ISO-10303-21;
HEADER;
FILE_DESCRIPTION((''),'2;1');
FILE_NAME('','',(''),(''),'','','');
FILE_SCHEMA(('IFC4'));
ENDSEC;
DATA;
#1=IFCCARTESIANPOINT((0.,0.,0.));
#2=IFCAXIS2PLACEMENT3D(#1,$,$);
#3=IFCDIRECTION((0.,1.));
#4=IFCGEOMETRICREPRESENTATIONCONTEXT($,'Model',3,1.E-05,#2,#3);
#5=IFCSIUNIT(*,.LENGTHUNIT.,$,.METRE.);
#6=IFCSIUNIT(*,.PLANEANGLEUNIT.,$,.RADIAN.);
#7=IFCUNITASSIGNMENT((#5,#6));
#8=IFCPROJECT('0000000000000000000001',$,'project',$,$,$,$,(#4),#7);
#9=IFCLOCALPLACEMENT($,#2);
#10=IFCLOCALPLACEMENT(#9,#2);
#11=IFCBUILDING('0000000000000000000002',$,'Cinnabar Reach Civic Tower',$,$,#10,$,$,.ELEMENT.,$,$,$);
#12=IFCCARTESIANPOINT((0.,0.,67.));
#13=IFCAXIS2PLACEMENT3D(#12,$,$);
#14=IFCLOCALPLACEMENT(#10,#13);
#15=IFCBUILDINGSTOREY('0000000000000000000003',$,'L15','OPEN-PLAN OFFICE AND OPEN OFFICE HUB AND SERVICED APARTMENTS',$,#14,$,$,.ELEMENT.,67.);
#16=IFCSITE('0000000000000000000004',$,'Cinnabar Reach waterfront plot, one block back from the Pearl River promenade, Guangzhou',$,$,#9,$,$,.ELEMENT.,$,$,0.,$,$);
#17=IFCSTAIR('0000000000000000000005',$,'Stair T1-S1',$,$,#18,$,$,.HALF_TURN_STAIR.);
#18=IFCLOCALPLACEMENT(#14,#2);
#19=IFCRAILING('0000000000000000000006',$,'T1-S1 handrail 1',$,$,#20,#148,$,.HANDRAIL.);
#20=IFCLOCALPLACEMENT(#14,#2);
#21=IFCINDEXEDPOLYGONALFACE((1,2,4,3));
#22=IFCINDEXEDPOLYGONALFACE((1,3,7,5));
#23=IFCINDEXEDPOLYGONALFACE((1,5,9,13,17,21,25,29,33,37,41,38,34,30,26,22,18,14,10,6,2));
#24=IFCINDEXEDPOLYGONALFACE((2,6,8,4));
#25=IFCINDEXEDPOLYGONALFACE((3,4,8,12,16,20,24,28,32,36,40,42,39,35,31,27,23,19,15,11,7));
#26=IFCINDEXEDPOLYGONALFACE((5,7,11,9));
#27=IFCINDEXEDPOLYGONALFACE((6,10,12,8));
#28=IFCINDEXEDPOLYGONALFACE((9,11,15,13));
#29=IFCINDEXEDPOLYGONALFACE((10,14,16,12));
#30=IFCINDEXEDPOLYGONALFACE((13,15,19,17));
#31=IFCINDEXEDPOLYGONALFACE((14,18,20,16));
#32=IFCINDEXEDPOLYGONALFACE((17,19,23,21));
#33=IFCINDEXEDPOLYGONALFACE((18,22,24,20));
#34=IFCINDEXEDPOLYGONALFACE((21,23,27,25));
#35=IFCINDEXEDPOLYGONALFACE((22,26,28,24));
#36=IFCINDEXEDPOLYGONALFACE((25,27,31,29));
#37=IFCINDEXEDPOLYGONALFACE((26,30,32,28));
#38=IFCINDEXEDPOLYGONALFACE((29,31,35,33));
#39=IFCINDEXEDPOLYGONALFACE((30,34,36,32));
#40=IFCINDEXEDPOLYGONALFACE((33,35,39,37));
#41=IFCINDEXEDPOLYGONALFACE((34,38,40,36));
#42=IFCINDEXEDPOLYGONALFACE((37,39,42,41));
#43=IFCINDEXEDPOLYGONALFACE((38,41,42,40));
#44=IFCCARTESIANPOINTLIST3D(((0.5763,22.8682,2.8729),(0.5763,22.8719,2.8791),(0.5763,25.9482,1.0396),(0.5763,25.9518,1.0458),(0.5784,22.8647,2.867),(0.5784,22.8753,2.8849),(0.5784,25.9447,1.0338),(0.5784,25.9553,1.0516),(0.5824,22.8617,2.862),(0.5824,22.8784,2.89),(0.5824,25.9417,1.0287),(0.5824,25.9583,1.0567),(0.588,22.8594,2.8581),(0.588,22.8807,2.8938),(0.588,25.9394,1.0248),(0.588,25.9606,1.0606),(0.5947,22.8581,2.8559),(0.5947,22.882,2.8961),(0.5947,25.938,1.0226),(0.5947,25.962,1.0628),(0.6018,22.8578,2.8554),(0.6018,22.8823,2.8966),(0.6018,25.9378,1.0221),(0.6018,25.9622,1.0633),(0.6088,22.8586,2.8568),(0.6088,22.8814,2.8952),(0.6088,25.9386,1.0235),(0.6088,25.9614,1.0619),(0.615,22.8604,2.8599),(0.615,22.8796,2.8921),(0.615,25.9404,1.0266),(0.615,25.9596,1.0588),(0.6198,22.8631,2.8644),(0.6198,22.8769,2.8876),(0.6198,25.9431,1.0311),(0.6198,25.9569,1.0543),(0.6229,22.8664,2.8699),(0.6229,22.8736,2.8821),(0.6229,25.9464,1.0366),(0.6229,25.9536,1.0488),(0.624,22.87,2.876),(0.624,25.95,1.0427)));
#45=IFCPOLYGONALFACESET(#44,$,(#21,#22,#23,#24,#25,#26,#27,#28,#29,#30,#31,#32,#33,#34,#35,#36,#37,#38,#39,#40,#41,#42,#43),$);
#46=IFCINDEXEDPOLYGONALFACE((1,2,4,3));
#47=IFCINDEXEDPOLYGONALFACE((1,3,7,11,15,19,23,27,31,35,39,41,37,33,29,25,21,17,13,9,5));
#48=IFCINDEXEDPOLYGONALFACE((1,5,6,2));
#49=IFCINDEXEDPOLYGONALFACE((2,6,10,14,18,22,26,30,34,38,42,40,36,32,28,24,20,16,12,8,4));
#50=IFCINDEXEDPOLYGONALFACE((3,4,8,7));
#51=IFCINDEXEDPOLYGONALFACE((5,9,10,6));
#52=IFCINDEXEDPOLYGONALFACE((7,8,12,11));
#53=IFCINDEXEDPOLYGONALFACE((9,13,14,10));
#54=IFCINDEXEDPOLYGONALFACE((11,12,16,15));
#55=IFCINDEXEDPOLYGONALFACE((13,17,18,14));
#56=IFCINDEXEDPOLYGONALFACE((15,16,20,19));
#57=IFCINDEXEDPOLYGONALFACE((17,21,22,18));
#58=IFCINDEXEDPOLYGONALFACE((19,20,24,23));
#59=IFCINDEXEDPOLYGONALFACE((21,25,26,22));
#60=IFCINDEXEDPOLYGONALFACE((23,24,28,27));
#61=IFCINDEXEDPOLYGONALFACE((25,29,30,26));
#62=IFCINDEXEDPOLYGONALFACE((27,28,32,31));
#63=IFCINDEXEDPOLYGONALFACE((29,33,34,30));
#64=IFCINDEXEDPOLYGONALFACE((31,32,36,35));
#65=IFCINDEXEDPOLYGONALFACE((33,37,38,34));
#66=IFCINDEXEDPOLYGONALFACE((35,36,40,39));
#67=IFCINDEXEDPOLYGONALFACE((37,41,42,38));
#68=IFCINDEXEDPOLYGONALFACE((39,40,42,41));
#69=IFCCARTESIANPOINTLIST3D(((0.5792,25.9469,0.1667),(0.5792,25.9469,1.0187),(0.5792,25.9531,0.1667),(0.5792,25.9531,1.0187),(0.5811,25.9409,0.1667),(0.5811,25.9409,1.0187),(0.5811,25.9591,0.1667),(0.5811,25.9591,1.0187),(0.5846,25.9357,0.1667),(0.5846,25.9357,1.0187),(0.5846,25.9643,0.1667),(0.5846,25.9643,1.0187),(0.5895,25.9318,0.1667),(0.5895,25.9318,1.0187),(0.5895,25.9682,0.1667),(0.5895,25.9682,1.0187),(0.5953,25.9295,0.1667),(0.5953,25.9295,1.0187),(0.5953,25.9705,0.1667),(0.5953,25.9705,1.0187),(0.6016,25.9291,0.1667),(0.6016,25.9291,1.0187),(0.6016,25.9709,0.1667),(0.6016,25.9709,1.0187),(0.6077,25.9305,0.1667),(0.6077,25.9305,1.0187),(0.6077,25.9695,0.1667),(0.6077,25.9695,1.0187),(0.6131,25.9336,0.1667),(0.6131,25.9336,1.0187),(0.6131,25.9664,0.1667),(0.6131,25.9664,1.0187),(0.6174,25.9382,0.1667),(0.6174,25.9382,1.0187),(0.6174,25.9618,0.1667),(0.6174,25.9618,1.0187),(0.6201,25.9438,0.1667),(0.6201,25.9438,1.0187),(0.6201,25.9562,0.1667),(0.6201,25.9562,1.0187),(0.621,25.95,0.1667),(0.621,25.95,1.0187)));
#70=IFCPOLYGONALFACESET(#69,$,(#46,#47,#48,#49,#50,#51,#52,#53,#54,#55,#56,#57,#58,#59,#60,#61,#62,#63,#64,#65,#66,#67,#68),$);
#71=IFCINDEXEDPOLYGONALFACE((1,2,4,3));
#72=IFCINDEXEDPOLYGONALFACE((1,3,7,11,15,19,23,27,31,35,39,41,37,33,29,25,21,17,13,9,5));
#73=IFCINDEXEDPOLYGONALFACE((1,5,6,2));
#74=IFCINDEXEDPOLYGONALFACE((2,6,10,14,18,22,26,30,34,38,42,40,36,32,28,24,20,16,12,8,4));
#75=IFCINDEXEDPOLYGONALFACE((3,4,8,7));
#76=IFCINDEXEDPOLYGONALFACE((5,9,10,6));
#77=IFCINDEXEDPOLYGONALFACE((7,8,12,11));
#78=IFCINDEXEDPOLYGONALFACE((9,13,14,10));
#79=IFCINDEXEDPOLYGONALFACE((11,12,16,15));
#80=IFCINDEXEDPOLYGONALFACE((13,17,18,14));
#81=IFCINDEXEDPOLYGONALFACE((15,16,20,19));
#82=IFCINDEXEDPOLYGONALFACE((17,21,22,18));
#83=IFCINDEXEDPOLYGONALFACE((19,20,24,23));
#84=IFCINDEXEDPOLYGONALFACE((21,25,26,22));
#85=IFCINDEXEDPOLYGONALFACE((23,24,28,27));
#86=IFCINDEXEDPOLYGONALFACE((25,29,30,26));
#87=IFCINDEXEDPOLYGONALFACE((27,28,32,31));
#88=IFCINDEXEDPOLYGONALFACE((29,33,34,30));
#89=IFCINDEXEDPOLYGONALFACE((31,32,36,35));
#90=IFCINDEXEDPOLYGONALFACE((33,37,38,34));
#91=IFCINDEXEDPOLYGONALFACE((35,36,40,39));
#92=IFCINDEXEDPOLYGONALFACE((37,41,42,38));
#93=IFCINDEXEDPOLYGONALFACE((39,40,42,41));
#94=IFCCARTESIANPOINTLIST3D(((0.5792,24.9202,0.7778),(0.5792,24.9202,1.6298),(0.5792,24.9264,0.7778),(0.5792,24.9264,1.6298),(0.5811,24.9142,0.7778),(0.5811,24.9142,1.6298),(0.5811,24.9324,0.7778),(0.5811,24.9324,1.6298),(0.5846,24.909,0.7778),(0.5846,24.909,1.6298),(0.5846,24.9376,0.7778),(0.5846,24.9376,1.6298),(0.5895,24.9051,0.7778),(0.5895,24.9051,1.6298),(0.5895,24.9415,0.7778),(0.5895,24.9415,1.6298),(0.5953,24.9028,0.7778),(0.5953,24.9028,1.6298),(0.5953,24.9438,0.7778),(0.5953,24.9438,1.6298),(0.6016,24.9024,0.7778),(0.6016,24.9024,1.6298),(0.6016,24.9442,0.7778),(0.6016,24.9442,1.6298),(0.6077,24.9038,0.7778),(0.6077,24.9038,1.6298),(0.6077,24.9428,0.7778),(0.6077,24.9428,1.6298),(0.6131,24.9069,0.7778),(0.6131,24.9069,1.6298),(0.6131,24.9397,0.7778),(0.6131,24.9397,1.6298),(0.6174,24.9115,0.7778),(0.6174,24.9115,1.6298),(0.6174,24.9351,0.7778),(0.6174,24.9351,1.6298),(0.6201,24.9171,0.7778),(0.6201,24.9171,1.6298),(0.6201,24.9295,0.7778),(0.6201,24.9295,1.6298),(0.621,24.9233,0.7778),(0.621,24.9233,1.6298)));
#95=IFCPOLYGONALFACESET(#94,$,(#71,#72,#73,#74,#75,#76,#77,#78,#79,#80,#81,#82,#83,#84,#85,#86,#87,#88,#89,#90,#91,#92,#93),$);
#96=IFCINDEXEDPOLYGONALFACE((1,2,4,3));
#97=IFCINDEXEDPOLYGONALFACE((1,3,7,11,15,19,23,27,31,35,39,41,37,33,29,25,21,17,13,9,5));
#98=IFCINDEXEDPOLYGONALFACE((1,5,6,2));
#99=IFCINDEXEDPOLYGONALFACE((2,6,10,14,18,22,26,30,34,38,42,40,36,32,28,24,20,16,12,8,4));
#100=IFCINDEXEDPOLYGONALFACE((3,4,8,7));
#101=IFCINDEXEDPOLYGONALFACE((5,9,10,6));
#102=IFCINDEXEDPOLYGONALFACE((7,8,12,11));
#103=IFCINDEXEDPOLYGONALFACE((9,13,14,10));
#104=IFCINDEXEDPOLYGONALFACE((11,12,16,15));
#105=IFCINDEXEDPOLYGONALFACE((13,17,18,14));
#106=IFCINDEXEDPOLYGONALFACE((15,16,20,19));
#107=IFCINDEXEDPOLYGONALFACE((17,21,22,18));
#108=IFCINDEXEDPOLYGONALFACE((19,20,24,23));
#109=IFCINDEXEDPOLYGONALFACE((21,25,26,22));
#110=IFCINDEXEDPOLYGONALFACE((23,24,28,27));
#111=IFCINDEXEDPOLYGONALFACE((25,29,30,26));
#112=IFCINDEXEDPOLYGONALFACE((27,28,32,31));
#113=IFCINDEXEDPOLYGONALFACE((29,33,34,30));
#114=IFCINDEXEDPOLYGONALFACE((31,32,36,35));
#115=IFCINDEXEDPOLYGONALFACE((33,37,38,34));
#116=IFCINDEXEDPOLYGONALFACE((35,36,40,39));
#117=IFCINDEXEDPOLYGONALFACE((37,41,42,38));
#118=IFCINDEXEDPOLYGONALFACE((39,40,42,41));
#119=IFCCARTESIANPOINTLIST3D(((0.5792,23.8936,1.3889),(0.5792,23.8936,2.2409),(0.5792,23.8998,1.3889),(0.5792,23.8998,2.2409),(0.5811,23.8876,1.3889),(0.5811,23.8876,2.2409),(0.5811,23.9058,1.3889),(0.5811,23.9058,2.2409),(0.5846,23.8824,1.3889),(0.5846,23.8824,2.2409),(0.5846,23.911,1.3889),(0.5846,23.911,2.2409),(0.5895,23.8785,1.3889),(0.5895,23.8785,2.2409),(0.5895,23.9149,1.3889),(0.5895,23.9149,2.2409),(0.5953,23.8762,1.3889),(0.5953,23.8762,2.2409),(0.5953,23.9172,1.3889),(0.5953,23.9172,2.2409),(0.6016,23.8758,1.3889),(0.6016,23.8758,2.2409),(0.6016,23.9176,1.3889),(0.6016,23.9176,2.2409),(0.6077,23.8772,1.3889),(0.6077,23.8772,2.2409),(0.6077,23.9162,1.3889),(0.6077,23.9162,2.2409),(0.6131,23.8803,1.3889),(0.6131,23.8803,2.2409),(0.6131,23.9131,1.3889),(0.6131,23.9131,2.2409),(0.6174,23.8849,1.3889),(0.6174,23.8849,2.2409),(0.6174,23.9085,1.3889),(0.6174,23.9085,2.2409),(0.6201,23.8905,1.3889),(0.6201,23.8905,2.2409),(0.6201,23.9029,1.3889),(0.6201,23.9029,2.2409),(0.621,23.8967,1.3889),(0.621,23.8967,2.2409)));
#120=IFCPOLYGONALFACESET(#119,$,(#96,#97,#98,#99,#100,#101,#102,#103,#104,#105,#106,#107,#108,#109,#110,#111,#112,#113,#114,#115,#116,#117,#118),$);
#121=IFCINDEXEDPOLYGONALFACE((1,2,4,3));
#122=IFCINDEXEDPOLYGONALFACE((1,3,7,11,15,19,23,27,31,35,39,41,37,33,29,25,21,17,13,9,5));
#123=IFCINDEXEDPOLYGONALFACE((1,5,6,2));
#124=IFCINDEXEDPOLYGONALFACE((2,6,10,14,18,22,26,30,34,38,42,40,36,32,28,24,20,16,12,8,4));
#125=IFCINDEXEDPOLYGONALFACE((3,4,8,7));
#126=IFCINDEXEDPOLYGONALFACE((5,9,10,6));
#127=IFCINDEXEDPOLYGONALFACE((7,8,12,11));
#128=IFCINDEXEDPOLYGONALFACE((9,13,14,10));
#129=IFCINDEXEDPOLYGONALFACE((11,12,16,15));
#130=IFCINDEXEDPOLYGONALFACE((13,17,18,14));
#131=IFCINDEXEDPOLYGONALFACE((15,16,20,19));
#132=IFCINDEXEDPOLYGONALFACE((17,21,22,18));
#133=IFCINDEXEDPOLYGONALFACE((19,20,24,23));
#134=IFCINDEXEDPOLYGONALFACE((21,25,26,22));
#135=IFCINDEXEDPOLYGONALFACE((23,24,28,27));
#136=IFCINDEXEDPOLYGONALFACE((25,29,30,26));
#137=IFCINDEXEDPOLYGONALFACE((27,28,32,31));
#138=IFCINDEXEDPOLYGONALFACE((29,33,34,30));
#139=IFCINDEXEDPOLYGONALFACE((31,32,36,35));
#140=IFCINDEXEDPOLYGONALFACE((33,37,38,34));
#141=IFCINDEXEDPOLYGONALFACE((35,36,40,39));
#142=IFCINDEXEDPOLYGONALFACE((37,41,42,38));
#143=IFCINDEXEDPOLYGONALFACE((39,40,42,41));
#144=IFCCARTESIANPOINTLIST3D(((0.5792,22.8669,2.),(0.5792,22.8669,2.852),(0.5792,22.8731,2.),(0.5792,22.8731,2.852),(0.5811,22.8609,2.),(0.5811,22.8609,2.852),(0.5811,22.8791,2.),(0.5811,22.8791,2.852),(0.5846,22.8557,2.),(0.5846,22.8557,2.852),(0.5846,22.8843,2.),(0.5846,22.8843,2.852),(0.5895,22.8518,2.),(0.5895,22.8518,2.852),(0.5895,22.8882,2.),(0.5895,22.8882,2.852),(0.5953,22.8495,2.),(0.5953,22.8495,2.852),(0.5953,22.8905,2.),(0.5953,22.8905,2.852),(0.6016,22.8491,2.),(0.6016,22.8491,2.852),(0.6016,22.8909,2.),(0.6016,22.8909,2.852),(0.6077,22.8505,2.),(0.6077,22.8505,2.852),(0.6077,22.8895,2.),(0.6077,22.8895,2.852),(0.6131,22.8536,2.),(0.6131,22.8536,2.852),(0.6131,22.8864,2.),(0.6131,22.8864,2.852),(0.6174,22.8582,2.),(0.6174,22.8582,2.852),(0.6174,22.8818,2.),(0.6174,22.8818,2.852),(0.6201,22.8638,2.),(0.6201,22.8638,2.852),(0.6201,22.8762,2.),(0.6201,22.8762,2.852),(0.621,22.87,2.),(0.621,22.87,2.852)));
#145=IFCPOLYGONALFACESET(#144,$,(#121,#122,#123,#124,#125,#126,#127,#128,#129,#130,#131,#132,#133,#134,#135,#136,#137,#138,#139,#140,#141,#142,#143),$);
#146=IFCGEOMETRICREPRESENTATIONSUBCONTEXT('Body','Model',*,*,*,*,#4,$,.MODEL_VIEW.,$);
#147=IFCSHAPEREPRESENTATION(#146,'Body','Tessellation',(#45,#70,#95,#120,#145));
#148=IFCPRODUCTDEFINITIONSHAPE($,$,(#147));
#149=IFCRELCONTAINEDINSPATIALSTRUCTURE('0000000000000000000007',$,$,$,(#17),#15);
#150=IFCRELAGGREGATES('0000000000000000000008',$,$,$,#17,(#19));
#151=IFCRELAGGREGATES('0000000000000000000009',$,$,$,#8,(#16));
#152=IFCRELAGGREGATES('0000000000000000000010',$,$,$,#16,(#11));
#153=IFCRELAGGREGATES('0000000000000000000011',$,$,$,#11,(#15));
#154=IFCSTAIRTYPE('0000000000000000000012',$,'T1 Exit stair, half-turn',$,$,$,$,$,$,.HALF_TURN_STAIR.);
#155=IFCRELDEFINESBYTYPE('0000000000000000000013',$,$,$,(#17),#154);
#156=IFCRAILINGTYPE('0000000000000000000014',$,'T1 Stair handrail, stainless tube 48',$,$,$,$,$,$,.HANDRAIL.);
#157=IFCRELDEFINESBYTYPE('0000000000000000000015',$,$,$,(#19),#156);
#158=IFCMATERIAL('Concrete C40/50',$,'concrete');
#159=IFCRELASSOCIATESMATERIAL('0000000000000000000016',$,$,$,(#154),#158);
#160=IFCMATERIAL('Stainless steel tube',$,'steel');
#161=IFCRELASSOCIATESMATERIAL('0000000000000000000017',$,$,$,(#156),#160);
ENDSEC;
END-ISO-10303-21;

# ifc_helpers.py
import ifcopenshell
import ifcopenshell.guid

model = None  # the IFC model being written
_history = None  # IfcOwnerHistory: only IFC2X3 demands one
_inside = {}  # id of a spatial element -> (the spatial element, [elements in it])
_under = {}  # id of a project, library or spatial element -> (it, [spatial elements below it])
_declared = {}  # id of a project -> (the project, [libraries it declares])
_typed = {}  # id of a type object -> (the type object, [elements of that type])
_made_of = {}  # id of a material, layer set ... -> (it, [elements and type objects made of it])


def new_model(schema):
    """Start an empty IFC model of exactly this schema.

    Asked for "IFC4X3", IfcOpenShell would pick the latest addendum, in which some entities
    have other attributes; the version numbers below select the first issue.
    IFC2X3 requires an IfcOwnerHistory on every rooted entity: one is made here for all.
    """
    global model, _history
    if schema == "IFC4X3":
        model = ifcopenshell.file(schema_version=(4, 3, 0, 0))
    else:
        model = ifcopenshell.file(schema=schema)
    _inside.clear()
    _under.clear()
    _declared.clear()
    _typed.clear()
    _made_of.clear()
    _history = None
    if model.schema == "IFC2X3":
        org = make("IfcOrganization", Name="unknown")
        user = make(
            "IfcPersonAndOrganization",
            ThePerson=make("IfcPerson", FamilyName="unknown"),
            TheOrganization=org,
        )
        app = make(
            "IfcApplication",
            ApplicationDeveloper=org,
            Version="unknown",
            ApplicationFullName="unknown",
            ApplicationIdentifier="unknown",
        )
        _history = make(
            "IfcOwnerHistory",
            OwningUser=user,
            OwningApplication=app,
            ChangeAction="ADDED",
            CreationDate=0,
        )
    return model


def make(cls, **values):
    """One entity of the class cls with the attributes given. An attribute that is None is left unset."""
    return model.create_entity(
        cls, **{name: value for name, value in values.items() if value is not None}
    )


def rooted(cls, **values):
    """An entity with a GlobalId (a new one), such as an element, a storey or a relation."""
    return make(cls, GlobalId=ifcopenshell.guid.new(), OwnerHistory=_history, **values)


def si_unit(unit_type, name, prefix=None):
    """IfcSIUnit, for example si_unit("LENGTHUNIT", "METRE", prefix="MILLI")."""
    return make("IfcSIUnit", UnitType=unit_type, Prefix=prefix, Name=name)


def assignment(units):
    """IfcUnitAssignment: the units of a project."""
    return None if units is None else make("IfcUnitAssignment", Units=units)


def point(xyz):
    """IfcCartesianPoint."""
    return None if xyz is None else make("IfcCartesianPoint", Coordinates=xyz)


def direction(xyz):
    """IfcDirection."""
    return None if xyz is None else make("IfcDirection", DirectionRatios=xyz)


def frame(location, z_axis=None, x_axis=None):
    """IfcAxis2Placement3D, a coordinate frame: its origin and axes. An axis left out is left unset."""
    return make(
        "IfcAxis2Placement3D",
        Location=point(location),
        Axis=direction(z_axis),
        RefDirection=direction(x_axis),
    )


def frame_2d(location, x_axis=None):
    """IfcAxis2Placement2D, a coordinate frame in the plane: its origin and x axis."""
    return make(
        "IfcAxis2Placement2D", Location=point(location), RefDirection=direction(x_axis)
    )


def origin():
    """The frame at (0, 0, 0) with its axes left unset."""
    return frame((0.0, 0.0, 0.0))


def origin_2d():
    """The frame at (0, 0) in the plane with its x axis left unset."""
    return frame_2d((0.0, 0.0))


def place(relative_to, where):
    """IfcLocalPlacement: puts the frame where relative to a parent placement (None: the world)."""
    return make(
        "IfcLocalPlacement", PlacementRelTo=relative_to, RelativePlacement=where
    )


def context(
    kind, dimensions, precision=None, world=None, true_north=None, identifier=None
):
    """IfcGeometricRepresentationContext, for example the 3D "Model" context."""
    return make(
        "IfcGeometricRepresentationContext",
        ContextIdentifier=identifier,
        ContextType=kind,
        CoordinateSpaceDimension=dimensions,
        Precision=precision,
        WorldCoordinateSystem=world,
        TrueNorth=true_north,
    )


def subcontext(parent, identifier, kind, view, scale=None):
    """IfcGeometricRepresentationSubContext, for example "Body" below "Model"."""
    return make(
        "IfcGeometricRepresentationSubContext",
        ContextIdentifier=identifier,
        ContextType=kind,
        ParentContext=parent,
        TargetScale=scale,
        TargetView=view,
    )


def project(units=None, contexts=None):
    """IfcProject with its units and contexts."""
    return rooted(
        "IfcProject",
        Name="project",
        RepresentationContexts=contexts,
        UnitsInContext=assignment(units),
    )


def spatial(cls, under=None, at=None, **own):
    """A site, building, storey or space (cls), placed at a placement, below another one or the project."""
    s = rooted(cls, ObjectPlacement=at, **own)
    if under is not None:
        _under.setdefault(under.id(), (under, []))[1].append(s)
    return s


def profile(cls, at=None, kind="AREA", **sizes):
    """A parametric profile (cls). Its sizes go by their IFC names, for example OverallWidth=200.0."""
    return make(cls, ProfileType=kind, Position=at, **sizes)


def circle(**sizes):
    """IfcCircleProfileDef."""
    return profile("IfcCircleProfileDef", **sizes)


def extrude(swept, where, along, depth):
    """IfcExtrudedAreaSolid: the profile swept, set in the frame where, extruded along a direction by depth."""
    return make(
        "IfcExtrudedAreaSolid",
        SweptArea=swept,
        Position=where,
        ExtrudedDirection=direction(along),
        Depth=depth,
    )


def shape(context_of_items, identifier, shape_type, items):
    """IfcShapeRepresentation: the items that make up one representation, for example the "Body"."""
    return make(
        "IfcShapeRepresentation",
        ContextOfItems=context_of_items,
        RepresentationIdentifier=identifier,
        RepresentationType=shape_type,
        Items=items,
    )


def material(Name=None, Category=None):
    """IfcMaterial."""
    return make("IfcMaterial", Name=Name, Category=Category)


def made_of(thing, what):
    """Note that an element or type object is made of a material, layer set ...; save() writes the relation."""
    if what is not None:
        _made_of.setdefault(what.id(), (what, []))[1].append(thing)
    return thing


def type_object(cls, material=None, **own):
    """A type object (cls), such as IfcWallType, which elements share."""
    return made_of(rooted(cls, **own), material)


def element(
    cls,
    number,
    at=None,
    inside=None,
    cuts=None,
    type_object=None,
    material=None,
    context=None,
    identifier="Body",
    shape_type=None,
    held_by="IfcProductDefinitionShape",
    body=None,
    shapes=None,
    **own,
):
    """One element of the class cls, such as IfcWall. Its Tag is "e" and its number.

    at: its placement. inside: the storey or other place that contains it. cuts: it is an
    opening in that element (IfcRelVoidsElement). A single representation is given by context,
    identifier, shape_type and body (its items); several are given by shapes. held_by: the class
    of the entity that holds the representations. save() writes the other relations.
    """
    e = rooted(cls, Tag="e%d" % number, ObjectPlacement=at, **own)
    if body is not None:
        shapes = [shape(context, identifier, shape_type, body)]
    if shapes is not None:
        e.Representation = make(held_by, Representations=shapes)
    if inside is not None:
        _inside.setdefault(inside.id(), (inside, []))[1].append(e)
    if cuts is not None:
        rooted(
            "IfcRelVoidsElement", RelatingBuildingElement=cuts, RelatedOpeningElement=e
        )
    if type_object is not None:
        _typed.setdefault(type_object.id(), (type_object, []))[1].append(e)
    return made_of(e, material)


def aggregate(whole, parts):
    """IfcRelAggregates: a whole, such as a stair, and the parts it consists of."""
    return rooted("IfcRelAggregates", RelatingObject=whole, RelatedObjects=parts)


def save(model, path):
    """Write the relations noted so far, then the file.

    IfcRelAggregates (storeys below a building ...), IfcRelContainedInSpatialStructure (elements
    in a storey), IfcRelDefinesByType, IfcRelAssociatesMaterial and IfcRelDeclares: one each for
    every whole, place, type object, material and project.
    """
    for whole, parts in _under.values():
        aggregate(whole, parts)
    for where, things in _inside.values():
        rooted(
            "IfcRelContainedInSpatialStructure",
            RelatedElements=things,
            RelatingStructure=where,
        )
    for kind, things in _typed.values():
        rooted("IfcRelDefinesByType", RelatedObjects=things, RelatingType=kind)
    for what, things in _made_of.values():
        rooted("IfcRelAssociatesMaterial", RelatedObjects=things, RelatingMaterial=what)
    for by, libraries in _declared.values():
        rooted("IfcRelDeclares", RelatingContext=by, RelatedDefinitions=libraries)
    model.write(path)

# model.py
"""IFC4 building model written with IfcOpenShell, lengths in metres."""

from ifc_helpers import new_model, si_unit, direction, frame, origin, origin_2d, place, context, subcontext, project, spatial, circle, extrude, material, type_object, element, aggregate, save


model = new_model("IFC4")

# Units and contexts
model_context = context("Model", 3, precision=1e-05, world=origin(), true_north=direction((0.0, 1.0)))
body_context = subcontext(model_context, "Body", "Model", "MODEL_VIEW")
ifc_project = project(units=[si_unit("LENGTHUNIT", "METRE"), si_unit("PLANEANGLEUNIT", "RADIAN")], contexts=[model_context])

# Site, building, storey
site_placement = place(None, origin())
site = spatial("IfcSite", under=ifc_project, at=site_placement, Name="Cinnabar Reach waterfront plot, one block back from the Pearl River promenade, Guangzhou", CompositionType="ELEMENT", RefElevation=0.0)
building_placement = place(site_placement, origin())
building = spatial("IfcBuilding", under=site, at=building_placement, Name="Cinnabar Reach Civic Tower", CompositionType="ELEMENT")
storey_placement = place(building_placement, frame((0.0, 0.0, 67.0)))
storey = spatial("IfcBuildingStorey", under=building, at=storey_placement, Name="L15", Description="OPEN-PLAN OFFICE AND OPEN OFFICE HUB AND SERVICED APARTMENTS", CompositionType="ELEMENT", Elevation=67.0)

# Stair, railing
ifc_material_1 = material(Name="Concrete C40/50", Category="concrete")
stair_type = type_object("IfcStairType", Name="T1 Exit stair, half-turn", PredefinedType="HALF_TURN_STAIR", material=ifc_material_1)
stair_placement = place(storey_placement, origin())
stair = element("IfcStair", 1, at=stair_placement, inside=storey, type_object=stair_type, Name="Stair T1-S1", PredefinedType="HALF_TURN_STAIR")
ifc_material_2 = material(Name="Stainless steel tube", Category="steel")
railing_type = type_object("IfcRailingType", Name="T1 Stair handrail, stainless tube 48", PredefinedType="HANDRAIL", material=ifc_material_2)
railing_1_placement = place(storey_placement, frame((0.6, 25.95, 0.1667)))
railing_1 = element("IfcRailing", 2, at=railing_1_placement, type_object=railing_type, Name="T1-S1 handrail 1", PredefinedType="HANDRAIL", context=body_context, shape_type="SweptSolid", body=[
    extrude(circle(Radius=0.024, at=origin_2d()), frame((0.0, 0.0, 0.876), z_axis=(0.0, -0.859297, 0.511477), x_axis=(1.0, 0.0, 0.0)), (0.0, 0.0, 1.0), 3.5843),
    extrude(circle(Radius=0.021, at=origin_2d()), origin(), (0.0, 0.0, 1.0), 0.852),
    extrude(circle(Radius=0.021, at=origin_2d()), frame((0.0, -1.0267, 0.6111)), (0.0, 0.0, 1.0), 0.852),
    extrude(circle(Radius=0.021, at=origin_2d()), frame((0.0, -2.0533, 1.2222)), (0.0, 0.0, 1.0), 0.852),
    extrude(circle(Radius=0.021, at=origin_2d()), frame((0.0, -3.08, 1.8333)), (0.0, 0.0, 1.0), 0.852),
])
aggregate(stair, [railing_1])

save(model, "model.ifc")
